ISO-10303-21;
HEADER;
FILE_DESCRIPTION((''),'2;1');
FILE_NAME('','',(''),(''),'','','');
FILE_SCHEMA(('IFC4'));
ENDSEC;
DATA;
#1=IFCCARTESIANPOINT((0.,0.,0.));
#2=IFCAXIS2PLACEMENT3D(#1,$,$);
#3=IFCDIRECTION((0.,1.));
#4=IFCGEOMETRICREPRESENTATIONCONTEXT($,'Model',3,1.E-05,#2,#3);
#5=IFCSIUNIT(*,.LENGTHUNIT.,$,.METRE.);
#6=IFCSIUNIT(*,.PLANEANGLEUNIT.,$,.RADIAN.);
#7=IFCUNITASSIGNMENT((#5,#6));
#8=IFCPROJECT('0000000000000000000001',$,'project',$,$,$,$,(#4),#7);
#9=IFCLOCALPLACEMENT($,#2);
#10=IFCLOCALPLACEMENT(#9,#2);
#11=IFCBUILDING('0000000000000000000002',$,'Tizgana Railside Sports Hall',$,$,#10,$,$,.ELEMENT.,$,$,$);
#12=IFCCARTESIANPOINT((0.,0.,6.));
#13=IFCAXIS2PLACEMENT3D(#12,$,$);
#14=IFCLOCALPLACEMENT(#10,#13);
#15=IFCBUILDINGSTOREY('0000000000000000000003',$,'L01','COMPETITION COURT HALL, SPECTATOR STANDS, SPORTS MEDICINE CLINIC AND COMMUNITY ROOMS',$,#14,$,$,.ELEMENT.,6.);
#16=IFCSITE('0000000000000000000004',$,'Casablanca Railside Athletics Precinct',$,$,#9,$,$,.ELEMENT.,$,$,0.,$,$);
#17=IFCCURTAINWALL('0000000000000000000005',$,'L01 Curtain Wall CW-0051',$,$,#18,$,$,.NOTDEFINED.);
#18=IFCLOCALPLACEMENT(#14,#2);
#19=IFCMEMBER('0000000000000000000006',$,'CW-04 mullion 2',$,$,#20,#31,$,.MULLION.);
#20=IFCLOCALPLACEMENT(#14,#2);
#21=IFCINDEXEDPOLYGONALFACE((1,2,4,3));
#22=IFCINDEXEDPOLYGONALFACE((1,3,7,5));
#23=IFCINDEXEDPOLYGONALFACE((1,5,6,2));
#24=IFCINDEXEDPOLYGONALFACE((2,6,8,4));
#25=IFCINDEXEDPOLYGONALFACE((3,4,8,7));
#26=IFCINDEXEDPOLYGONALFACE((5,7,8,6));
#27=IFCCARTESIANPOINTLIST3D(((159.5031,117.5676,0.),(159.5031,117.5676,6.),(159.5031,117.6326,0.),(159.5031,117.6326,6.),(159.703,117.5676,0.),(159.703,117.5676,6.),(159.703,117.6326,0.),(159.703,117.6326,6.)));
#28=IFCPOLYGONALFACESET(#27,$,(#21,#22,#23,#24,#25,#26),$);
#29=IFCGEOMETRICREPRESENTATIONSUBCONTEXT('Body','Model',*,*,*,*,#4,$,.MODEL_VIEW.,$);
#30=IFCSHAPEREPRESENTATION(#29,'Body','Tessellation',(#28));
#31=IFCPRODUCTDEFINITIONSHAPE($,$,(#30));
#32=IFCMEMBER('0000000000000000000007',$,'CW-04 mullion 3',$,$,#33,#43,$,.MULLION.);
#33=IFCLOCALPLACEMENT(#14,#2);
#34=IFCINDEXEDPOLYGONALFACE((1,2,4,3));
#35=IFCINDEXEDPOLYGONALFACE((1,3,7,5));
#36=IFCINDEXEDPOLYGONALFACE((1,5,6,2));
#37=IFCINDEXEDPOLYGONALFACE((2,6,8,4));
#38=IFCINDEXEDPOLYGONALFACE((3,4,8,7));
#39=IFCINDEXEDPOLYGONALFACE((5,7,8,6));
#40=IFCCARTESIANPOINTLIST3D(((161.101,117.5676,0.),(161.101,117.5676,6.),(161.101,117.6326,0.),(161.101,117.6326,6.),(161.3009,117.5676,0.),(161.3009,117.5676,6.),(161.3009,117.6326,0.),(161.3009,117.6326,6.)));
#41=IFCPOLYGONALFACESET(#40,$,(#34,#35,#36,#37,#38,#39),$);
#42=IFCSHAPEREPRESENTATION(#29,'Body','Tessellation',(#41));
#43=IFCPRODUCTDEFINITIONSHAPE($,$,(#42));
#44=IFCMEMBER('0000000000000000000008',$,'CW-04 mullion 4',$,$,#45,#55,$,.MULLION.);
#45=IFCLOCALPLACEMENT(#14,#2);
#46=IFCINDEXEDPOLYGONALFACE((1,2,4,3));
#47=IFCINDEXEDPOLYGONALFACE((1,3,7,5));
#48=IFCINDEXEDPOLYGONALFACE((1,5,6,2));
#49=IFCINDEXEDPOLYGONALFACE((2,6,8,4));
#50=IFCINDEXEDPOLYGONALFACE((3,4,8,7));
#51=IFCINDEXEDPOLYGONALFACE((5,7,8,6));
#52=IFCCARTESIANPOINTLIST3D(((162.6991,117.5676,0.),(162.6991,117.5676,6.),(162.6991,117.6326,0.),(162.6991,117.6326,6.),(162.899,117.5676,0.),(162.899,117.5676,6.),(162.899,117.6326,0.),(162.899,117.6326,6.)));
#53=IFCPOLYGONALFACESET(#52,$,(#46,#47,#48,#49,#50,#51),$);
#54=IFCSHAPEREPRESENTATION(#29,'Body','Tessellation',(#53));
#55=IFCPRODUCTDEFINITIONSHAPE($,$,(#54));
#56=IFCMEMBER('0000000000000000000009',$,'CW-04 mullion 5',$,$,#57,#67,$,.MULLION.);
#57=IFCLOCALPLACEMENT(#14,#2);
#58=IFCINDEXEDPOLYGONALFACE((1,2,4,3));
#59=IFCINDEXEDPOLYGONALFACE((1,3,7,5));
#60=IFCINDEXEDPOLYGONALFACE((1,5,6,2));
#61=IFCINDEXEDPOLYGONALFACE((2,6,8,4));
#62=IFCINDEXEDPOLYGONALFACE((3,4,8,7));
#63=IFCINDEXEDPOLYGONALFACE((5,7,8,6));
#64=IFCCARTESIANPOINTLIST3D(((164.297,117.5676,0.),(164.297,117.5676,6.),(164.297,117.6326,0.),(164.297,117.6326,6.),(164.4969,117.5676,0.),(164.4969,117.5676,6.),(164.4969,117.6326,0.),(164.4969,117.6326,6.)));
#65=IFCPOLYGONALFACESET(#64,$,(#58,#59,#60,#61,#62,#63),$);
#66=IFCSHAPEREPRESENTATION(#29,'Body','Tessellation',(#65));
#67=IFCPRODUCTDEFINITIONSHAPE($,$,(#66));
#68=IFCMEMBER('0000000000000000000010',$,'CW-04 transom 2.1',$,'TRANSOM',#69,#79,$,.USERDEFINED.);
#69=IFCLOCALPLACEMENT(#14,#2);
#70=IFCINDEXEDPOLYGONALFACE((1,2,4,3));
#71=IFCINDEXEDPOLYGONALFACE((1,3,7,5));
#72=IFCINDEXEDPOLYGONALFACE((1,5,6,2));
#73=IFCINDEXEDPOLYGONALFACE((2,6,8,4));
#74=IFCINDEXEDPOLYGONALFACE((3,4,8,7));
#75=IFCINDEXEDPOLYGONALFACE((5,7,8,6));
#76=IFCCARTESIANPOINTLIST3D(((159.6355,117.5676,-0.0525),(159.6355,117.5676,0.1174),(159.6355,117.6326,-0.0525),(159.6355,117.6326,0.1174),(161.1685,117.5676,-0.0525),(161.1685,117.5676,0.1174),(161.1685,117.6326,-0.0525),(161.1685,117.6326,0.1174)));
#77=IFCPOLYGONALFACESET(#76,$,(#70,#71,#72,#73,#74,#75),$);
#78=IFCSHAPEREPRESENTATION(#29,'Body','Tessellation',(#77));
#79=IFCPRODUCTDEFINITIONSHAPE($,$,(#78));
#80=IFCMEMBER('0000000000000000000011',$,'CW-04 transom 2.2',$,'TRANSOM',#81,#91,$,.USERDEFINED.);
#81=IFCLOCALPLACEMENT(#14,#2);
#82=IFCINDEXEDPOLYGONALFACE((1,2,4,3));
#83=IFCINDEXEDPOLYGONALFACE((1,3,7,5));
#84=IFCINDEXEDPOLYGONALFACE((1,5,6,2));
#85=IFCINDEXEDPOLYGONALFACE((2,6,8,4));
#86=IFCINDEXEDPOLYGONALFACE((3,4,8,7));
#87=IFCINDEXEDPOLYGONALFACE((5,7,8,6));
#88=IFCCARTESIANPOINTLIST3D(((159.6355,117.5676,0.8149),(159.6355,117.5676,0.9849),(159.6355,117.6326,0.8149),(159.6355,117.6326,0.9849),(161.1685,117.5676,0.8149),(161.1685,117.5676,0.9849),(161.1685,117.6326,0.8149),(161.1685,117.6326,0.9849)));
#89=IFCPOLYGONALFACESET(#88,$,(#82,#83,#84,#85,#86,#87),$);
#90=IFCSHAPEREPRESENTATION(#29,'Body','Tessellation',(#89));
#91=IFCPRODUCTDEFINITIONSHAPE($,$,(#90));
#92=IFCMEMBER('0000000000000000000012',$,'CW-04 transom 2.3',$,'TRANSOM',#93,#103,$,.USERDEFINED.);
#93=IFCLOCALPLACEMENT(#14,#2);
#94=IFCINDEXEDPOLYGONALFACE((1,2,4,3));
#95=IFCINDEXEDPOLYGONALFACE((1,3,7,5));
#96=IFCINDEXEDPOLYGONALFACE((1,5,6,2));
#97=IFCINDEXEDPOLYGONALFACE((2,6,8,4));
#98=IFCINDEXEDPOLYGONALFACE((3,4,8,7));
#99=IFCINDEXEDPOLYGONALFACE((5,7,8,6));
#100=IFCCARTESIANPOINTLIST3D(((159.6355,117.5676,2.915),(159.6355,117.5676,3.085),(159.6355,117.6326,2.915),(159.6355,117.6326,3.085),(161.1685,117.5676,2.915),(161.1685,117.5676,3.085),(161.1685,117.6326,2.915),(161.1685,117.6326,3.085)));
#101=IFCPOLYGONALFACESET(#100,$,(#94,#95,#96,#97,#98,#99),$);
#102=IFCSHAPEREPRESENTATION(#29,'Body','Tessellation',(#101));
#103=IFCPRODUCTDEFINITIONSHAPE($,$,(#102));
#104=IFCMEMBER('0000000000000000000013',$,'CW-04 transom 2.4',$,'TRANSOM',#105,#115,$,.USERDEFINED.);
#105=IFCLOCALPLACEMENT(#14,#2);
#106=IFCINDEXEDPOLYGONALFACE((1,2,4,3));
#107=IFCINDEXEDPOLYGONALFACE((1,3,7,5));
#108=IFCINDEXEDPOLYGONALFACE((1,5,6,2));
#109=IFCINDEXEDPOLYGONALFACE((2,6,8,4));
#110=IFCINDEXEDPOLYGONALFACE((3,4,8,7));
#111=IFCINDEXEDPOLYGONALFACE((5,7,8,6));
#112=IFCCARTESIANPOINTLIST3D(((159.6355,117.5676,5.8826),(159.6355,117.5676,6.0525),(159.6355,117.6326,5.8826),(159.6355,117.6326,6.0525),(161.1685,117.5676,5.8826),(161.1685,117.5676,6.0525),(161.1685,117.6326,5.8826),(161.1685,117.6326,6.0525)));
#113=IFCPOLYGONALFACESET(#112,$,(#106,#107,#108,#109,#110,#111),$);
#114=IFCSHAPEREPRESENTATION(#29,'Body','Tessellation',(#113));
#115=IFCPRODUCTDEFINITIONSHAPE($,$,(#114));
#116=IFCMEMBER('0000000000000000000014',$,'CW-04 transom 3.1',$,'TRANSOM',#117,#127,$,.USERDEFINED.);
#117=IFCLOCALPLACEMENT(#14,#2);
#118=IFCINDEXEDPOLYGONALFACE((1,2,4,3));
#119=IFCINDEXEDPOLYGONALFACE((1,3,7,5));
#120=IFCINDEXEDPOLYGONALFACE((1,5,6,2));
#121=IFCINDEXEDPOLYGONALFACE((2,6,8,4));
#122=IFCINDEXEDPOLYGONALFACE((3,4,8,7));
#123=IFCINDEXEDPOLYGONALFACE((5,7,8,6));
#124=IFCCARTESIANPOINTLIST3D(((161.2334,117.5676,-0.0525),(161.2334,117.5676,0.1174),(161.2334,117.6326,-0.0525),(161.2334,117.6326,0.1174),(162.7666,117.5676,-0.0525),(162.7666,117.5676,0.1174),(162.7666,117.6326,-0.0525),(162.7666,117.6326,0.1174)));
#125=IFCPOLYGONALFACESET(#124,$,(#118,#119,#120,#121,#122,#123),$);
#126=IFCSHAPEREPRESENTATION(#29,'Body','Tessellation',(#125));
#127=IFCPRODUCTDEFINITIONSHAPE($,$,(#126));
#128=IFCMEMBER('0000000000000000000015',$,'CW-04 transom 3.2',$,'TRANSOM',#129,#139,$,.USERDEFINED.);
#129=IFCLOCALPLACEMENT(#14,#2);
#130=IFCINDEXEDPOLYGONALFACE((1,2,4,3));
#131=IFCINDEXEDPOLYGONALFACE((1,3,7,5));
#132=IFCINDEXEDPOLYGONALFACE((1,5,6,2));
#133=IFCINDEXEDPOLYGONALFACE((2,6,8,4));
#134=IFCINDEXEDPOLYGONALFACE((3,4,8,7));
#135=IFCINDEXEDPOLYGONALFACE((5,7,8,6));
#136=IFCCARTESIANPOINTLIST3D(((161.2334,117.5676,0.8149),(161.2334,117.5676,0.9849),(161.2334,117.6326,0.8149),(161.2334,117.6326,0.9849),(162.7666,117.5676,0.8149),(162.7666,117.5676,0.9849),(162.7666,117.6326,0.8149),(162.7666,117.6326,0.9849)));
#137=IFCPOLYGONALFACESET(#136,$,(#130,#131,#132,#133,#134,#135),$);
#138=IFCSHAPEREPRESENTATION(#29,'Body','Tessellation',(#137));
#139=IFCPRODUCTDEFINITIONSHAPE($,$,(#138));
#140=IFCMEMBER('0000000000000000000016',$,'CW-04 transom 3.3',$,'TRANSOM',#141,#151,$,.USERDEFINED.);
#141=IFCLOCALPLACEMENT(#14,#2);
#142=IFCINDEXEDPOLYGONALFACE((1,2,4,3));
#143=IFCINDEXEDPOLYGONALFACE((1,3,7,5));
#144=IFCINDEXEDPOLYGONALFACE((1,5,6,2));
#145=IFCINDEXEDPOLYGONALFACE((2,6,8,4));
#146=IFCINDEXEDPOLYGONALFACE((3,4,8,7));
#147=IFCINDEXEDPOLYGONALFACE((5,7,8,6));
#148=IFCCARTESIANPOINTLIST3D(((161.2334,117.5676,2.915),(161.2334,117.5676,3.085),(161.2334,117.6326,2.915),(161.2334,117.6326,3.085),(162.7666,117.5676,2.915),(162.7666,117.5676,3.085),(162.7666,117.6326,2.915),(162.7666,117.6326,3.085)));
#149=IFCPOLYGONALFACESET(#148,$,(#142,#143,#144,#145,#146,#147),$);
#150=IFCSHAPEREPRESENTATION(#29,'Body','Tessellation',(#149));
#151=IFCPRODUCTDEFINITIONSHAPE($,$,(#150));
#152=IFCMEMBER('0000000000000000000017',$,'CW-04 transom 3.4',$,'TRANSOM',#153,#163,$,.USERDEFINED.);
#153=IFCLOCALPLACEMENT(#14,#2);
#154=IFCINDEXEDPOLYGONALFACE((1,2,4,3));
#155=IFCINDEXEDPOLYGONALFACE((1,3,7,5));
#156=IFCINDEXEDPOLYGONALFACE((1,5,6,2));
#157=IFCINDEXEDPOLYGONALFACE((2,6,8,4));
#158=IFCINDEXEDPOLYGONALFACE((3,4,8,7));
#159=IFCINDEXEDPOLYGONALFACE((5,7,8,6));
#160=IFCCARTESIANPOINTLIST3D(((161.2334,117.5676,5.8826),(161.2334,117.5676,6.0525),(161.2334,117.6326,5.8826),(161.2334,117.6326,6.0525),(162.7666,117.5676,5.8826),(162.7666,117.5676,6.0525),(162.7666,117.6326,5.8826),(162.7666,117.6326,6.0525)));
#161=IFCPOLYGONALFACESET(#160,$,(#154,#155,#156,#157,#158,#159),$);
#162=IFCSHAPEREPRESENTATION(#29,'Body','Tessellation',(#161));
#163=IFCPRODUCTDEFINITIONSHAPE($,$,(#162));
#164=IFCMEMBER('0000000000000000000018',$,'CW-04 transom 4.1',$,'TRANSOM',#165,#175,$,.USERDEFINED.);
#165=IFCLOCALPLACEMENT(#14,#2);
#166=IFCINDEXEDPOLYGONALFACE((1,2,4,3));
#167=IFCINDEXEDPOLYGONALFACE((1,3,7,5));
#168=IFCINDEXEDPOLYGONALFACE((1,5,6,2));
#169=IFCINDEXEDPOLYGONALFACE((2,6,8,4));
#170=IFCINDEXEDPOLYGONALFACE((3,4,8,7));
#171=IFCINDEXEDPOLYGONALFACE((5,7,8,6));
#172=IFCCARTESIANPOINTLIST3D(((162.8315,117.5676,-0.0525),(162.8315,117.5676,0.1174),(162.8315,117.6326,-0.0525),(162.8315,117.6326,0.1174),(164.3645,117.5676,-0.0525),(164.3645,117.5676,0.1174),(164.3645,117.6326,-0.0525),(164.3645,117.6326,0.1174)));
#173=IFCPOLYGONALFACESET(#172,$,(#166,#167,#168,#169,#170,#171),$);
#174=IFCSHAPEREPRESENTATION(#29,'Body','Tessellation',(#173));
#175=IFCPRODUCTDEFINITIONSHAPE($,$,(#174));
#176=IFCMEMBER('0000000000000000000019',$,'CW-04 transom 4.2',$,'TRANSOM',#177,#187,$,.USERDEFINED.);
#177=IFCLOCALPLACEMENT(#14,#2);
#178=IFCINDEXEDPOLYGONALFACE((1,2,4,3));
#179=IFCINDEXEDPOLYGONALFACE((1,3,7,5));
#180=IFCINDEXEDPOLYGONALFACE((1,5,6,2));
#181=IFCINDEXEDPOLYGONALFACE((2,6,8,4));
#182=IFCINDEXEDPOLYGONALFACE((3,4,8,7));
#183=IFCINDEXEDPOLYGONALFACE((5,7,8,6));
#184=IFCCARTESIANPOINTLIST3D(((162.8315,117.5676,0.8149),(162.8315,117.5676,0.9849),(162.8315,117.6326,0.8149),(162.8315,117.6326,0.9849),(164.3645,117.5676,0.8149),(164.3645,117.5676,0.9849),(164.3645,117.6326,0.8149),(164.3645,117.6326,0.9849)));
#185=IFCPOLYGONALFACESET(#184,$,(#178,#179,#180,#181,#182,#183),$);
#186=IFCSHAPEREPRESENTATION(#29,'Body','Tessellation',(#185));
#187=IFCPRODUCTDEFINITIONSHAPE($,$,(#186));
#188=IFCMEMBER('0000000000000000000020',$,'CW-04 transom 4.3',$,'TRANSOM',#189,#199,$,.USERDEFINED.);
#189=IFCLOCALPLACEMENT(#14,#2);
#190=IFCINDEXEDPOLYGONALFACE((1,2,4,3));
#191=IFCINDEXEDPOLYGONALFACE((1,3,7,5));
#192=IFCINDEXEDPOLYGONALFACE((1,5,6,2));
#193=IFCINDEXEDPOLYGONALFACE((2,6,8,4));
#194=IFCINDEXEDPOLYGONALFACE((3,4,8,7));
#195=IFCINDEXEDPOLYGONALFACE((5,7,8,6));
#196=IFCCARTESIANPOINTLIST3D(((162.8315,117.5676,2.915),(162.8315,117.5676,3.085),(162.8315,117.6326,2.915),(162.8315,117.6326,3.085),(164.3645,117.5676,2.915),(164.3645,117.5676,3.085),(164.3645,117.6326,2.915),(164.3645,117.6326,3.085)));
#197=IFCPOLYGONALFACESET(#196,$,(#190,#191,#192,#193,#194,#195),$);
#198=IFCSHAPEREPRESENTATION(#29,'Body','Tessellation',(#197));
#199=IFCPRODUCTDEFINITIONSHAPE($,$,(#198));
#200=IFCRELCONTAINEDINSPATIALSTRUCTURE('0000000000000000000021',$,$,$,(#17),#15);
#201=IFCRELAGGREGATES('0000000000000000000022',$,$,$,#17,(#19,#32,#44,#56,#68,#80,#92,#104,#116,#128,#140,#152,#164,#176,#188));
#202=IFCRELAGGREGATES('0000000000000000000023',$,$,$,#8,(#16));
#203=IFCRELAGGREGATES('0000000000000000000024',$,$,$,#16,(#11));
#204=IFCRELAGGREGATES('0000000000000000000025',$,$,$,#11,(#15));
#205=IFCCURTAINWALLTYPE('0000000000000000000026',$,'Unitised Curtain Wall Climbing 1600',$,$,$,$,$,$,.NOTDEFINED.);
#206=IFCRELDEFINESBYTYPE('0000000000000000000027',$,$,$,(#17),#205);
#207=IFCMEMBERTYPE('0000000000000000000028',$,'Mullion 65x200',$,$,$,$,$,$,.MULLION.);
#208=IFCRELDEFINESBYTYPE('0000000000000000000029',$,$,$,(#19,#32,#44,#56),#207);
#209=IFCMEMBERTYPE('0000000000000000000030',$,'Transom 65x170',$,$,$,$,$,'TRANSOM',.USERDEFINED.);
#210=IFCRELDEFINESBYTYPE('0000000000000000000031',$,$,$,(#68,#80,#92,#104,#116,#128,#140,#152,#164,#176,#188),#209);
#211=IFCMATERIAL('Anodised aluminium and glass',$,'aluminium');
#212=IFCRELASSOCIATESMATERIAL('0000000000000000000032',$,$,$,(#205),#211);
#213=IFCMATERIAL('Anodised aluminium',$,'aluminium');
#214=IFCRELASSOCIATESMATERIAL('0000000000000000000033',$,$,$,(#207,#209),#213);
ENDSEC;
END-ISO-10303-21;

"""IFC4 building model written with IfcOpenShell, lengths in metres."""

from ifc_helpers import new_model, si_unit, direction, frame, origin, origin_2d, place, context, subcontext, project, spatial, rectangle, extrude, material, material_profile, profile_set, type_object, element, aggregate, save


model = new_model("IFC4")

# Units and contexts
model_context = context("Model", 3, precision=1e-05, world=origin(), true_north=direction((0.0, 1.0)))
body_context = subcontext(model_context, "Body", "Model", "MODEL_VIEW")
ifc_project = project(units=[si_unit("LENGTHUNIT", "METRE"), si_unit("PLANEANGLEUNIT", "RADIAN")], contexts=[model_context])

# Site, building, storey
site_placement = place(None, origin())
site = spatial("IfcSite", under=ifc_project, at=site_placement, Name="Casablanca Railside Athletics Precinct", CompositionType="ELEMENT", RefElevation=0.0)
building_placement = place(site_placement, origin())
building = spatial("IfcBuilding", under=site, at=building_placement, Name="Tizgana Railside Sports Hall", CompositionType="ELEMENT")
storey_placement = place(building_placement, frame((0.0, 0.0, 6.0)))
storey = spatial("IfcBuildingStorey", under=building, at=storey_placement, Name="L01", Description="COMPETITION COURT HALL, SPECTATOR STANDS, SPORTS MEDICINE CLINIC AND COMMUNITY ROOMS", CompositionType="ELEMENT", Elevation=6.0)

# Curtain wall, members
ifc_material_1 = material(Name="Anodised aluminium and glass", Category="aluminium")
curtain_wall_type = type_object("IfcCurtainWallType", Name="Unitised Curtain Wall Climbing 1600", PredefinedType="NOTDEFINED", material=ifc_material_1)
curtain_wall_placement = place(storey_placement, origin())
curtain_wall = element("IfcCurtainWall", 1, at=curtain_wall_placement, inside=storey, type_object=curtain_wall_type, Name="L01 Curtain Wall CW-0051", PredefinedType="NOTDEFINED")
ifc_material_2 = material(Name="Anodised aluminium", Category="aluminium")
ifc_material_profile_1 = material_profile(ifc_material_2, rectangle(XDim=0.0649, YDim=0.2, at=origin_2d()), Name="Mullion 65x200")
ifc_profile_set_1 = profile_set([ifc_material_profile_1], Name="Anodised aluminium")
member_type_1 = type_object("IfcMemberType", Name="Mullion 65x200", PredefinedType="MULLION", material=ifc_profile_set_1)
member_1_placement = place(storey_placement, frame((159.603, 117.6001, 0.0), z_axis=(0.0, 0.0, 1.0), x_axis=(0.0, 1.0, 0.0)))
member_1 = element("IfcMember", 2, at=member_1_placement, type_object=member_type_1, Name="CW-04 mullion 2", PredefinedType="MULLION", context=body_context, shape_type="SweptSolid", body=[
    extrude(rectangle(XDim=0.0649, YDim=0.2, at=origin_2d()), origin(), (0.0, 0.0, 1.0), 6.0),
])
member_2_placement = place(storey_placement, frame((161.2009, 117.6001, 0.0), z_axis=(0.0, 0.0, 1.0), x_axis=(0.0, 1.0, 0.0)))
member_2 = element("IfcMember", 3, at=member_2_placement, type_object=member_type_1, Name="CW-04 mullion 3", PredefinedType="MULLION", context=body_context, shape_type="SweptSolid", body=[
    extrude(rectangle(XDim=0.0649, YDim=0.2, at=origin_2d()), origin(), (0.0, 0.0, 1.0), 6.0),
])
member_3_placement = place(storey_placement, frame((162.7991, 117.6001, 0.0), z_axis=(0.0, 0.0, 1.0), x_axis=(0.0, 1.0, 0.0)))
member_3 = element("IfcMember", 4, at=member_3_placement, type_object=member_type_1, Name="CW-04 mullion 4", PredefinedType="MULLION", context=body_context, shape_type="SweptSolid", body=[
    extrude(rectangle(XDim=0.0649, YDim=0.2, at=origin_2d()), origin(), (0.0, 0.0, 1.0), 6.0),
])
member_4_placement = place(storey_placement, frame((164.397, 117.6001, 0.0), z_axis=(0.0, 0.0, 1.0), x_axis=(0.0, 1.0, 0.0)))
member_4 = element("IfcMember", 5, at=member_4_placement, type_object=member_type_1, Name="CW-04 mullion 5", PredefinedType="MULLION", context=body_context, shape_type="SweptSolid", body=[
    extrude(rectangle(XDim=0.0649, YDim=0.2, at=origin_2d()), origin(), (0.0, 0.0, 1.0), 6.0),
])
ifc_material_profile_2 = material_profile(ifc_material_2, rectangle(XDim=0.0649, YDim=0.1699, at=origin_2d()), Name="Transom 65x170")
ifc_profile_set_2 = profile_set([ifc_material_profile_2], Name="Anodised aluminium")
member_type_2 = type_object("IfcMemberType", Name="Transom 65x170", ElementType="TRANSOM", PredefinedType="USERDEFINED", material=ifc_profile_set_2)
member_5_placement = place(storey_placement, frame((159.6355, 117.6001, 0.0325), z_axis=(1.0, 0.0, 0.0), x_axis=(0.0, 1.0, 0.0)))
member_5 = element("IfcMember", 6, at=member_5_placement, type_object=member_type_2, Name="CW-04 transom 2.1", ObjectType="TRANSOM", PredefinedType="USERDEFINED", context=body_context, shape_type="SweptSolid", body=[
    extrude(rectangle(XDim=0.0649, YDim=0.1699, at=origin_2d()), origin(), (0.0, 0.0, 1.0), 1.533),
])
member_6_placement = place(storey_placement, frame((159.6355, 117.6001, 0.8999), z_axis=(1.0, 0.0, 0.0), x_axis=(0.0, 1.0, 0.0)))
member_6 = element("IfcMember", 7, at=member_6_placement, type_object=member_type_2, Name="CW-04 transom 2.2", ObjectType="TRANSOM", PredefinedType="USERDEFINED", context=body_context, shape_type="SweptSolid", body=[
    extrude(rectangle(XDim=0.0649, YDim=0.1699, at=origin_2d()), origin(), (0.0, 0.0, 1.0), 1.533),
])
member_7_placement = place(storey_placement, frame((159.6355, 117.6001, 3.0), z_axis=(1.0, 0.0, 0.0), x_axis=(0.0, 1.0, 0.0)))
member_7 = element("IfcMember", 8, at=member_7_placement, type_object=member_type_2, Name="CW-04 transom 2.3", ObjectType="TRANSOM", PredefinedType="USERDEFINED", context=body_context, shape_type="SweptSolid", body=[
    extrude(rectangle(XDim=0.0649, YDim=0.1699, at=origin_2d()), origin(), (0.0, 0.0, 1.0), 1.533),
])
member_8_placement = place(storey_placement, frame((159.6355, 117.6001, 5.9675), z_axis=(1.0, 0.0, 0.0), x_axis=(0.0, 1.0, 0.0)))
member_8 = element("IfcMember", 9, at=member_8_placement, type_object=member_type_2, Name="CW-04 transom 2.4", ObjectType="TRANSOM", PredefinedType="USERDEFINED", context=body_context, shape_type="SweptSolid", body=[
    extrude(rectangle(XDim=0.0649, YDim=0.1699, at=origin_2d()), origin(), (0.0, 0.0, 1.0), 1.533),
])
member_9_placement = place(storey_placement, frame((161.2334, 117.6001, 0.0325), z_axis=(1.0, 0.0, 0.0), x_axis=(0.0, 1.0, 0.0)))
member_9 = element("IfcMember", 10, at=member_9_placement, type_object=member_type_2, Name="CW-04 transom 3.1", ObjectType="TRANSOM", PredefinedType="USERDEFINED", context=body_context, shape_type="SweptSolid", body=[
    extrude(rectangle(XDim=0.0649, YDim=0.1699, at=origin_2d()), origin(), (0.0, 0.0, 1.0), 1.5332),
])
member_10_placement = place(storey_placement, frame((161.2334, 117.6001, 0.8999), z_axis=(1.0, 0.0, 0.0), x_axis=(0.0, 1.0, 0.0)))
member_10 = element("IfcMember", 11, at=member_10_placement, type_object=member_type_2, Name="CW-04 transom 3.2", ObjectType="TRANSOM", PredefinedType="USERDEFINED", context=body_context, shape_type="SweptSolid", body=[
    extrude(rectangle(XDim=0.0649, YDim=0.1699, at=origin_2d()), origin(), (0.0, 0.0, 1.0), 1.5332),
])
member_11_placement = place(storey_placement, frame((161.2334, 117.6001, 3.0), z_axis=(1.0, 0.0, 0.0), x_axis=(0.0, 1.0, 0.0)))
member_11 = element("IfcMember", 12, at=member_11_placement, type_object=member_type_2, Name="CW-04 transom 3.3", ObjectType="TRANSOM", PredefinedType="USERDEFINED", context=body_context, shape_type="SweptSolid", body=[
    extrude(rectangle(XDim=0.0649, YDim=0.1699, at=origin_2d()), origin(), (0.0, 0.0, 1.0), 1.5332),
])
member_12_placement = place(storey_placement, frame((161.2334, 117.6001, 5.9675), z_axis=(1.0, 0.0, 0.0), x_axis=(0.0, 1.0, 0.0)))
member_12 = element("IfcMember", 13, at=member_12_placement, type_object=member_type_2, Name="CW-04 transom 3.4", ObjectType="TRANSOM", PredefinedType="USERDEFINED", context=body_context, shape_type="SweptSolid", body=[
    extrude(rectangle(XDim=0.0649, YDim=0.1699, at=origin_2d()), origin(), (0.0, 0.0, 1.0), 1.5332),
])
member_13_placement = place(storey_placement, frame((162.8315, 117.6001, 0.0325), z_axis=(1.0, 0.0, 0.0), x_axis=(0.0, 1.0, 0.0)))
member_13 = element("IfcMember", 14, at=member_13_placement, type_object=member_type_2, Name="CW-04 transom 4.1", ObjectType="TRANSOM", PredefinedType="USERDEFINED", context=body_context, shape_type="SweptSolid", body=[
    extrude(rectangle(XDim=0.0649, YDim=0.1699, at=origin_2d()), origin(), (0.0, 0.0, 1.0), 1.533),
])
member_14_placement = place(storey_placement, frame((162.8315, 117.6001, 0.8999), z_axis=(1.0, 0.0, 0.0), x_axis=(0.0, 1.0, 0.0)))
member_14 = element("IfcMember", 15, at=member_14_placement, type_object=member_type_2, Name="CW-04 transom 4.2", ObjectType="TRANSOM", PredefinedType="USERDEFINED", context=body_context, shape_type="SweptSolid", body=[
    extrude(rectangle(XDim=0.0649, YDim=0.1699, at=origin_2d()), origin(), (0.0, 0.0, 1.0), 1.533),
])
member_15_placement = place(storey_placement, frame((162.8315, 117.6001, 3.0), z_axis=(1.0, 0.0, 0.0), x_axis=(0.0, 1.0, 0.0)))
member_15 = element("IfcMember", 16, at=member_15_placement, type_object=member_type_2, Name="CW-04 transom 4.3", ObjectType="TRANSOM", PredefinedType="USERDEFINED", context=body_context, shape_type="SweptSolid", body=[
    extrude(rectangle(XDim=0.0649, YDim=0.1699, at=origin_2d()), origin(), (0.0, 0.0, 1.0), 1.533),
])
aggregate(curtain_wall, [member_1, member_2, member_3, member_4, member_5, member_6, member_7, member_8, member_9, member_10, member_11, member_12, member_13, member_14, member_15])

save(model, "model.ifc")
